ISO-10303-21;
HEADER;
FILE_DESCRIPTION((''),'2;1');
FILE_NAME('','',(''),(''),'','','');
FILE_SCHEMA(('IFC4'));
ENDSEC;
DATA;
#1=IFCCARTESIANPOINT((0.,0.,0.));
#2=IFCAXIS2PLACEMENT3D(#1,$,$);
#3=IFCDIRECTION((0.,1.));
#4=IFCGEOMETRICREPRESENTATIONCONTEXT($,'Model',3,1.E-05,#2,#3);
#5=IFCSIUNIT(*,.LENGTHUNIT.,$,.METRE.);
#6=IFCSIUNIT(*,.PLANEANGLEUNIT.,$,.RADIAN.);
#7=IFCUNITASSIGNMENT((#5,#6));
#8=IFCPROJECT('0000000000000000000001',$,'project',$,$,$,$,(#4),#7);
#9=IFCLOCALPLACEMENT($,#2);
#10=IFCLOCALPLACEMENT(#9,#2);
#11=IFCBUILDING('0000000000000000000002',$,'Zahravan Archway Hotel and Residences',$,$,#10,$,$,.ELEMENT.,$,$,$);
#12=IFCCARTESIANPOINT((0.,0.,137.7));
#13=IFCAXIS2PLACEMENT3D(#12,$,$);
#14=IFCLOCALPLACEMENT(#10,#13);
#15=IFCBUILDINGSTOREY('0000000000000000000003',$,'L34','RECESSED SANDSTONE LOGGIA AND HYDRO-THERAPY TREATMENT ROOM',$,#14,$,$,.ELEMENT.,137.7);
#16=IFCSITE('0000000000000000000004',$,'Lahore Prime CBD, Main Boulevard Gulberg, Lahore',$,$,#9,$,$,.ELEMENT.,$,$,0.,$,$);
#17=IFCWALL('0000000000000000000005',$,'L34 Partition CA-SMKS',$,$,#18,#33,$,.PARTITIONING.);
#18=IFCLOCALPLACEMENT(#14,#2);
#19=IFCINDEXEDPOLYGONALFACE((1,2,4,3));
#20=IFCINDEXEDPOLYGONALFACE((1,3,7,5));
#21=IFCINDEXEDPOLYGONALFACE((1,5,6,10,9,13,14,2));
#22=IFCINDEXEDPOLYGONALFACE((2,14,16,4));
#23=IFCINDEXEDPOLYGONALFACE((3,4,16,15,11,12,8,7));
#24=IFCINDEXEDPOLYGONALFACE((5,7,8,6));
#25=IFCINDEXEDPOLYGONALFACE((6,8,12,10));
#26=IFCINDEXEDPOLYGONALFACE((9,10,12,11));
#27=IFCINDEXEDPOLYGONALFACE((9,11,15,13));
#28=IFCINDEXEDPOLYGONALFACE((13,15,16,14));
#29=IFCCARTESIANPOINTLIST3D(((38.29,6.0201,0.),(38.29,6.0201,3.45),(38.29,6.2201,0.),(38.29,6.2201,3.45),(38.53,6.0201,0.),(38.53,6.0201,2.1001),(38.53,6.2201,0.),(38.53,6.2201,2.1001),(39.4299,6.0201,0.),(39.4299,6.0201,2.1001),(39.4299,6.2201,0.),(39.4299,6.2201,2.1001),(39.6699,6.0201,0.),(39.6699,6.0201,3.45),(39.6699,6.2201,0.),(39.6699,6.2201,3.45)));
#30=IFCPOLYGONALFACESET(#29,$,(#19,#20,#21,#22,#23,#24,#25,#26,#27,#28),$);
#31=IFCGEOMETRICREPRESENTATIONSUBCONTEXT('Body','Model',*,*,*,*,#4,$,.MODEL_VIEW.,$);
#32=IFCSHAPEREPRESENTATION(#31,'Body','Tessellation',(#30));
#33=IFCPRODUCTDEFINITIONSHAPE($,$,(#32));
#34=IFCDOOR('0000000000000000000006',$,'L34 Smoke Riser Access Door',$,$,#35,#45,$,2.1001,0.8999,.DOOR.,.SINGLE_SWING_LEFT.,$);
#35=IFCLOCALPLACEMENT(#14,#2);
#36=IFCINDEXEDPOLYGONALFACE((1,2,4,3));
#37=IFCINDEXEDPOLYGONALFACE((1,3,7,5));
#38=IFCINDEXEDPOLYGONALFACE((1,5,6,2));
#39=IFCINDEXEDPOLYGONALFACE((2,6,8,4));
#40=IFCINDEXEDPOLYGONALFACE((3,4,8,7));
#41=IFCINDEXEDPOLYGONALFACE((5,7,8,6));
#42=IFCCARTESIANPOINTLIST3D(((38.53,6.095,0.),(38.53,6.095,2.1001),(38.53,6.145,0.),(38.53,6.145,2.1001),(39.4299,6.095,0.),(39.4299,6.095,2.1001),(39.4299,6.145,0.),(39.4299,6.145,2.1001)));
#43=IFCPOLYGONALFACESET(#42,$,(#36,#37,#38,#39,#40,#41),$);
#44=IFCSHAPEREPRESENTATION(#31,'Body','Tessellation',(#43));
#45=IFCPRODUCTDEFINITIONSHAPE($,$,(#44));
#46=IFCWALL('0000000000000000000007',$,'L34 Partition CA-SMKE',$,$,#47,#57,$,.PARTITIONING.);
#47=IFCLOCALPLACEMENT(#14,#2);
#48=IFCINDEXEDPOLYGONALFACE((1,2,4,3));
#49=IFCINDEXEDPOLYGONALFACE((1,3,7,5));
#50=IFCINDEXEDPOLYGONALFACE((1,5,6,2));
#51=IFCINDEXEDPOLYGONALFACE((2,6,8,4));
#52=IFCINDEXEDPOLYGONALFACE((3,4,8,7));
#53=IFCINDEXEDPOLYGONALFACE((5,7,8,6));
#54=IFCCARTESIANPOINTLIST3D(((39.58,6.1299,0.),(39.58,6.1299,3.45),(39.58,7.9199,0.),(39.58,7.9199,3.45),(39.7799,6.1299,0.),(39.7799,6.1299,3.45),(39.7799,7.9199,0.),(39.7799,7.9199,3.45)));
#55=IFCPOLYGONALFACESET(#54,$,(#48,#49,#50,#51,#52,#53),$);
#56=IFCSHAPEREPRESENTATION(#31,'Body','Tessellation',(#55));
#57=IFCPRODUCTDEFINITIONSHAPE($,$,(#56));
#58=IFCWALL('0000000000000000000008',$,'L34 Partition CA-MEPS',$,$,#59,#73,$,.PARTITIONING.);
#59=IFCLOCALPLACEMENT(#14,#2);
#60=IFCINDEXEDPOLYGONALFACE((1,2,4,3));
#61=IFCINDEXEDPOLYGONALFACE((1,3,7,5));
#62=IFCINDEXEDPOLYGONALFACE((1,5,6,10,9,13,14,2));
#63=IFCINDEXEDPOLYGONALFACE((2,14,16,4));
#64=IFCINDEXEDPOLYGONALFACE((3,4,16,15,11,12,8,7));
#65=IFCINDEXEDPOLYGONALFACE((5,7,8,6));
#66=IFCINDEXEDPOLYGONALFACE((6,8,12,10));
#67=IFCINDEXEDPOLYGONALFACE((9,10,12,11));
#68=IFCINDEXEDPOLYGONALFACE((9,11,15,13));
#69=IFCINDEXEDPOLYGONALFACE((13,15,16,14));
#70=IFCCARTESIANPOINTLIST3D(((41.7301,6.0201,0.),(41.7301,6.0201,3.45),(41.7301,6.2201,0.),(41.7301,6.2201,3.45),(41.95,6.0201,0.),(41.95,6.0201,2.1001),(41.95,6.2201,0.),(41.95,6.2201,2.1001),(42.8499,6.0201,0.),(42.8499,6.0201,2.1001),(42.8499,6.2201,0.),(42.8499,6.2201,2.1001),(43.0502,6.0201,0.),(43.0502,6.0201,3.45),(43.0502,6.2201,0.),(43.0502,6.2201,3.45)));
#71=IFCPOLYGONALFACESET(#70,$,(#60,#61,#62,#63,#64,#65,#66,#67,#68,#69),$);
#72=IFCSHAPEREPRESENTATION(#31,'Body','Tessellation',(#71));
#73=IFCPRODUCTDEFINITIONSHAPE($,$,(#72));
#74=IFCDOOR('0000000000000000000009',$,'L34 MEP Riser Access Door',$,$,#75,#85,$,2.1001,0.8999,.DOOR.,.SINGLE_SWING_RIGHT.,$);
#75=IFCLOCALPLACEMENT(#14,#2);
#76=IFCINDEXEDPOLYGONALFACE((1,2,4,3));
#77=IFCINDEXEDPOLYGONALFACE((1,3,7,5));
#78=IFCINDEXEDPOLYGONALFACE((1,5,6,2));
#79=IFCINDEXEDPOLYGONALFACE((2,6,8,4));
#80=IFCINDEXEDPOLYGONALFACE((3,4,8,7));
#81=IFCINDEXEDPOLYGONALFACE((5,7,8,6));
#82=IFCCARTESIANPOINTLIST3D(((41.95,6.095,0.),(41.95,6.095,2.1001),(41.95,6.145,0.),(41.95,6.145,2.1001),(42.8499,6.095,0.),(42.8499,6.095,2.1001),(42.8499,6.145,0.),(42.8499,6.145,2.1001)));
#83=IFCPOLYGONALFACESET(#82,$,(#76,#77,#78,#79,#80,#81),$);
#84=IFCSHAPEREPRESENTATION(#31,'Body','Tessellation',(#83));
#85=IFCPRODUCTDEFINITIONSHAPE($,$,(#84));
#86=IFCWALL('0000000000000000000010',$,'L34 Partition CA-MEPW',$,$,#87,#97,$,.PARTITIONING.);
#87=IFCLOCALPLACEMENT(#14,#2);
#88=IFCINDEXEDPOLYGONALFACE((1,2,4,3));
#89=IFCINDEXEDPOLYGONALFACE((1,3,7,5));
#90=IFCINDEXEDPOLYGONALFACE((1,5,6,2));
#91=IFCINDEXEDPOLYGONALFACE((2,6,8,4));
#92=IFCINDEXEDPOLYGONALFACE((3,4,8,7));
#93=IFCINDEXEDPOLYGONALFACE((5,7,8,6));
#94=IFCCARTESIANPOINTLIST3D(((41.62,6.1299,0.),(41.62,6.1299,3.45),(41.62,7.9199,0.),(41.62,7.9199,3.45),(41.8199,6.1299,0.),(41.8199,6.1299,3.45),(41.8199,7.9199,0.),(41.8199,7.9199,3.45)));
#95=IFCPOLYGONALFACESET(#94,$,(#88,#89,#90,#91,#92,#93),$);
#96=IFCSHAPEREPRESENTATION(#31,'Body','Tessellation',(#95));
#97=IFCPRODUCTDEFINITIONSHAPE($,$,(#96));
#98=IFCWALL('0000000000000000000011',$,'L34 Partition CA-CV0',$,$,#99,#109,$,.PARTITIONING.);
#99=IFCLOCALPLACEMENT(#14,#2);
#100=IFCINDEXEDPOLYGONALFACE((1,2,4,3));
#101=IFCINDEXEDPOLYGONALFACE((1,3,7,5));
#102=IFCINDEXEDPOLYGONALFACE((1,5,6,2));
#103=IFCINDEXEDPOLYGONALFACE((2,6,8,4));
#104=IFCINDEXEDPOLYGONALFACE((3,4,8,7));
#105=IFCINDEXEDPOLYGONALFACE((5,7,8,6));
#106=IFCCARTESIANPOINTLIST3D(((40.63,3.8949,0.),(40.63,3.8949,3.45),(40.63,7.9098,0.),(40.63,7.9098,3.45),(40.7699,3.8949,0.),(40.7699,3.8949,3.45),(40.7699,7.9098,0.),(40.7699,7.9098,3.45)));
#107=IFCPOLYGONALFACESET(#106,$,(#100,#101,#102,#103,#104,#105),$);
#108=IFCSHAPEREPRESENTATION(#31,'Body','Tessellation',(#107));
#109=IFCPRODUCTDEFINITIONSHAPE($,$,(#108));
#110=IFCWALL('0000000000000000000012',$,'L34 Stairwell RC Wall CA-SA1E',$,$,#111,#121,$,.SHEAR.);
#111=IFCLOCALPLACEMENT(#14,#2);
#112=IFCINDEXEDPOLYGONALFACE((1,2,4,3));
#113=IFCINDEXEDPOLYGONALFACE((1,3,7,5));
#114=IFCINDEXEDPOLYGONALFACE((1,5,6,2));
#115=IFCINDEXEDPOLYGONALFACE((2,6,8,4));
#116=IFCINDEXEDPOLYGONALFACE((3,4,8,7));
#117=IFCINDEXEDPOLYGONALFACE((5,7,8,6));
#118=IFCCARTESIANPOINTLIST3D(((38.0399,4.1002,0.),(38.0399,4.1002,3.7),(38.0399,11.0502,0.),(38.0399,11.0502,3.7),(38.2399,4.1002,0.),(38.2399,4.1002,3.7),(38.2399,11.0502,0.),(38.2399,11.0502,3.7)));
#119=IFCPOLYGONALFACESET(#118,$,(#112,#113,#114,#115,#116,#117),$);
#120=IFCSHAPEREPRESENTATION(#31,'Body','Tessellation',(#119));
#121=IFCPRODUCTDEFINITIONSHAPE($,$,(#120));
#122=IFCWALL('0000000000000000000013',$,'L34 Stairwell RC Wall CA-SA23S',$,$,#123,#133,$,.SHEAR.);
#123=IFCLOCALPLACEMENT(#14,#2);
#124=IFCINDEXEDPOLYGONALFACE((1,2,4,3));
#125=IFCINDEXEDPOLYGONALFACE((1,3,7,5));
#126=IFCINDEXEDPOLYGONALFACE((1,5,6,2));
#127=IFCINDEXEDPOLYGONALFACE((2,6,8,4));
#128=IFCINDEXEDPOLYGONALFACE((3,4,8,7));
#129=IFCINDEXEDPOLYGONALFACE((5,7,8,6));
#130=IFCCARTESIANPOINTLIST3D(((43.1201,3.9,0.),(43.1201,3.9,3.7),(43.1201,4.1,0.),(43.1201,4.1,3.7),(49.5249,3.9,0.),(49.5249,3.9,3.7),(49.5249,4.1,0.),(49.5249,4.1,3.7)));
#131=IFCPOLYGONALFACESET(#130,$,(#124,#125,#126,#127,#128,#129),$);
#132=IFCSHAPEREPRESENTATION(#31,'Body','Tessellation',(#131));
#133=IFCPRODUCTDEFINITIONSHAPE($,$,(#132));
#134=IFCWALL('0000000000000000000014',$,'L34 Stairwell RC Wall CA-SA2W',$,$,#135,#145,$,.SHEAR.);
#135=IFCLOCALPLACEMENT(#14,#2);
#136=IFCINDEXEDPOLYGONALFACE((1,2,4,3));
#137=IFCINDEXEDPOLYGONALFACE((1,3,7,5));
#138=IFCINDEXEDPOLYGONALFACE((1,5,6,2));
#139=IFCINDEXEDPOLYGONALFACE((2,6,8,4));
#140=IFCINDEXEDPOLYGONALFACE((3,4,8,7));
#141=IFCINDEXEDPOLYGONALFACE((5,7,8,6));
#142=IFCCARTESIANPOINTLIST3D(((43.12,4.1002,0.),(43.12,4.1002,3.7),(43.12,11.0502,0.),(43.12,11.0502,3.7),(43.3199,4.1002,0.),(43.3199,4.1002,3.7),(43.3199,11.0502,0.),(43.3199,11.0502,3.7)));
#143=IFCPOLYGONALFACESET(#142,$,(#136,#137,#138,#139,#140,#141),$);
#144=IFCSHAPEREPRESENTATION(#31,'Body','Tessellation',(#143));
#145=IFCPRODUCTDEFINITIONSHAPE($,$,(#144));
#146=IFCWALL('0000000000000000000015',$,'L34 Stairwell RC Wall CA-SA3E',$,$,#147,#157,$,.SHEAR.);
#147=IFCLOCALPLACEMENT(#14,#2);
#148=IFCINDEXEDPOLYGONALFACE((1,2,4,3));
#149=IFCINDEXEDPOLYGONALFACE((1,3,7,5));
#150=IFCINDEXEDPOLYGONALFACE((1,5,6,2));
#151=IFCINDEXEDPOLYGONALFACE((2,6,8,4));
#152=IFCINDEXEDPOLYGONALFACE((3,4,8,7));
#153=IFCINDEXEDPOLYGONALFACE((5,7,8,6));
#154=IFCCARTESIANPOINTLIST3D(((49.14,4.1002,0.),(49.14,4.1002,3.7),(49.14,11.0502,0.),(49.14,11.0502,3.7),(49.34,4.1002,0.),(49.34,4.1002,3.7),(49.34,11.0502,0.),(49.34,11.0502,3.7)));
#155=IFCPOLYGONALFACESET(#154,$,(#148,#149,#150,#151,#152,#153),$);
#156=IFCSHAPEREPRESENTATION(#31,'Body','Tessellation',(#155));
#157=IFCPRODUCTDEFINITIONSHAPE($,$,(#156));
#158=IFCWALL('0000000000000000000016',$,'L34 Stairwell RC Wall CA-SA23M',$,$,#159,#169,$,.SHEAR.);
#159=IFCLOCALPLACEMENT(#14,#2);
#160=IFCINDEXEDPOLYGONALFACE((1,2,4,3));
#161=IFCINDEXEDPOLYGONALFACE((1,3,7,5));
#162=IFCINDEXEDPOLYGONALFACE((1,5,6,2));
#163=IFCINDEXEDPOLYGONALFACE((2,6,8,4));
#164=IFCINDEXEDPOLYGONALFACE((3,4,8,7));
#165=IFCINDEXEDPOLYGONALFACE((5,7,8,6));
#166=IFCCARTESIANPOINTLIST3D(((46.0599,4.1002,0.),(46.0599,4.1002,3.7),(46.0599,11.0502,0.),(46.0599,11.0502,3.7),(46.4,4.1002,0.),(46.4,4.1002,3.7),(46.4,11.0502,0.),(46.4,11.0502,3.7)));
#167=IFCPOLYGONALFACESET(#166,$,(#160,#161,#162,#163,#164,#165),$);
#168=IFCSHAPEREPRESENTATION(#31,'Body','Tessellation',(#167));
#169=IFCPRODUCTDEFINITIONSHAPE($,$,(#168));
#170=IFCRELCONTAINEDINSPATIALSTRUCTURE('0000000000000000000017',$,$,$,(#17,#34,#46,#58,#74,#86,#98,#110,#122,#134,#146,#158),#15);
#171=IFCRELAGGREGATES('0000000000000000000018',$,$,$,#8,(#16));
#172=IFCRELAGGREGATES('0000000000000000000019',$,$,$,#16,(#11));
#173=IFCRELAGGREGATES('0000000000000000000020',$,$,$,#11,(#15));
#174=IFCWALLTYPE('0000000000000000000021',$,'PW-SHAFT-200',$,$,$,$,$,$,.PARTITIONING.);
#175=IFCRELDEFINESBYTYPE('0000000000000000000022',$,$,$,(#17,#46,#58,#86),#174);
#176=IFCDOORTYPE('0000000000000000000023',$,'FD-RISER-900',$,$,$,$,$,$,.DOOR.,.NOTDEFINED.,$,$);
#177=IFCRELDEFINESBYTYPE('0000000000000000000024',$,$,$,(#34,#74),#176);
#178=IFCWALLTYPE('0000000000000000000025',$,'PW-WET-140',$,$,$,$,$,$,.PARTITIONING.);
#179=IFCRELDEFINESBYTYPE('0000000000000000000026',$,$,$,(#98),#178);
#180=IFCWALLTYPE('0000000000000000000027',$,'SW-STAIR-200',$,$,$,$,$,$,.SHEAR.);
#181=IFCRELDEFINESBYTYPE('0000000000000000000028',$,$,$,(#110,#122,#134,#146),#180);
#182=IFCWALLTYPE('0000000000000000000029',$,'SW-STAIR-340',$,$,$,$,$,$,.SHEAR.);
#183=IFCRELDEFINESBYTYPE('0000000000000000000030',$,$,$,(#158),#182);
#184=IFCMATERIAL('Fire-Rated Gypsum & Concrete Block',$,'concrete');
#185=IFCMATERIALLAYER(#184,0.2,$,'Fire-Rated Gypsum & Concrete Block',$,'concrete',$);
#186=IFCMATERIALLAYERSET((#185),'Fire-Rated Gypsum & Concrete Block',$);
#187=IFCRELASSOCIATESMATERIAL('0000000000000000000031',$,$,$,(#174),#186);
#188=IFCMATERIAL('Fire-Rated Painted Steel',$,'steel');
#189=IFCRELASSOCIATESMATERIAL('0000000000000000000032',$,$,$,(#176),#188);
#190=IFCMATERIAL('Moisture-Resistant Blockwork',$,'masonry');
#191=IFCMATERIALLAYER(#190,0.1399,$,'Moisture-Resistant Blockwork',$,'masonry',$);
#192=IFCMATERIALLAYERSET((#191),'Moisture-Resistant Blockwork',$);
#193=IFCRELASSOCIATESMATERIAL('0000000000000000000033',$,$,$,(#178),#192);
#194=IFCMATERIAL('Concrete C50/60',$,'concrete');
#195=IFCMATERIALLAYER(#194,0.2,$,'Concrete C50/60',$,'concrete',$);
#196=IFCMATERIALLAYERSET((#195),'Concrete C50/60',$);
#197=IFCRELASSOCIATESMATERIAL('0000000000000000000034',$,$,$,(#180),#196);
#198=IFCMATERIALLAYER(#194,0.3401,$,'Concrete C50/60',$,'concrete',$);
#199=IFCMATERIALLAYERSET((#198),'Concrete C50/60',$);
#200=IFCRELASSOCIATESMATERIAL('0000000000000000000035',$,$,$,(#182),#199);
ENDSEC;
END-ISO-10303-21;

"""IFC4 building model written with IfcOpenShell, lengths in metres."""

from ifc_helpers import new_model, si_unit, direction, frame, frame_2d, origin, place, context, subcontext, project, spatial, rectangle, extrude, source, transform, mapped, material, layer, layer_set, type_object, type_shapes, element, fill, save


model = new_model("IFC4")

# Units and contexts
model_context = context("Model", 3, precision=1e-05, world=origin(), true_north=direction((0.0, 1.0)))
body_context = subcontext(model_context, "Body", "Model", "MODEL_VIEW")
ifc_project = project(units=[si_unit("LENGTHUNIT", "METRE"), si_unit("PLANEANGLEUNIT", "RADIAN")], contexts=[model_context])

# Site, building, storey
site_placement = place(None, origin())
site = spatial("IfcSite", under=ifc_project, at=site_placement, Name="Lahore Prime CBD, Main Boulevard Gulberg, Lahore", CompositionType="ELEMENT", RefElevation=0.0)
building_placement = place(site_placement, origin())
building = spatial("IfcBuilding", under=site, at=building_placement, Name="Zahravan Archway Hotel and Residences", CompositionType="ELEMENT")
storey_placement = place(building_placement, frame((0.0, 0.0, 137.7)))
storey = spatial("IfcBuildingStorey", under=building, at=storey_placement, Name="L34", Description="RECESSED SANDSTONE LOGGIA AND HYDRO-THERAPY TREATMENT ROOM", CompositionType="ELEMENT", Elevation=137.7)

# Wall, opening, door
ifc_material_1 = material(Name="Fire-Rated Gypsum & Concrete Block", Category="concrete")
ifc_layer_1 = layer(ifc_material_1, 0.2, Name="Fire-Rated Gypsum & Concrete Block", Category="concrete")
ifc_layer_set_1 = layer_set([ifc_layer_1], Name="Fire-Rated Gypsum & Concrete Block")
wall_type_1 = type_object("IfcWallType", Name="PW-SHAFT-200", PredefinedType="PARTITIONING", material=ifc_layer_set_1)
wall_1_placement = place(storey_placement, frame((38.29, 6.1201, 0.0), z_axis=(0.0, 0.0, 1.0), x_axis=(1.0, 0.0, 0.0)))
wall_1 = element("IfcWall", 1, at=wall_1_placement, inside=storey, type_object=wall_type_1, Name="L34 Partition CA-SMKS", PredefinedType="PARTITIONING", context=body_context, shape_type="SweptSolid", body=[
    extrude(rectangle(XDim=1.3799, YDim=0.2, at=frame_2d((0.6899, 0.0))), origin(), (0.0, 0.0, 1.0), 3.45),
])
opening_1_placement = place(wall_1_placement, frame((0.24, 0.0, 0.0)))
opening_1 = element("IfcOpeningElement", 2, at=opening_1_placement, cuts=wall_1, PredefinedType="OPENING", context=body_context, shape_type="SweptSolid", body=[
    extrude(rectangle(XDim=0.8999, YDim=2.1001, at=frame_2d((0.45, 1.05))), frame((0.0, 0.1099, 0.0), z_axis=(0.0, -1.0, 0.0), x_axis=(1.0, 0.0, 0.0)), (0.0, 0.0, 1.0), 0.22),
])
ifc_material_2 = material(Name="Fire-Rated Painted Steel", Category="steel")
door_type = type_object("IfcDoorType", Name="FD-RISER-900", OperationType="NOTDEFINED", PredefinedType="DOOR", material=ifc_material_2)
shared_shape_1 = source(origin(), body_context, "Body", "SweptSolid", [
    extrude(rectangle(XDim=0.8999, YDim=2.1001, at=frame_2d((0.45, 1.05))), frame((0.0, 0.0249, 0.0), z_axis=(0.0, -1.0, 0.0), x_axis=(1.0, 0.0, 0.0)), (0.0, 0.0, 1.0), 0.05),
])
type_shapes(door_type, [shared_shape_1])
door_1_placement = place(opening_1_placement, origin())
door_1 = element("IfcDoor", 3, at=door_1_placement, inside=storey, type_object=door_type, Name="L34 Smoke Riser Access Door", OperationType="SINGLE_SWING_LEFT", OverallHeight=2.1001, OverallWidth=0.8999, PredefinedType="DOOR", context=body_context, shape_type="MappedRepresentation", body=[
    mapped(shared_shape_1, transform((0.0, 0.0, 0.0), scale=1.0)),
])
fill(opening_1, door_1)

# Wall
wall_2_placement = place(storey_placement, frame((39.6799, 6.1299, 0.0), z_axis=(0.0, 0.0, 1.0), x_axis=(0.0, 1.0, 0.0)))
element("IfcWall", 4, at=wall_2_placement, inside=storey, type_object=wall_type_1, Name="L34 Partition CA-SMKE", PredefinedType="PARTITIONING", context=body_context, shape_type="SweptSolid", body=[
    extrude(rectangle(XDim=1.79, YDim=0.2, at=frame_2d((0.895, 0.0))), origin(), (0.0, 0.0, 1.0), 3.45),
])

# Wall, opening, door
wall_3_placement = place(storey_placement, frame((41.73, 6.1201, 0.0), z_axis=(0.0, 0.0, 1.0), x_axis=(1.0, 0.0, 0.0)))
wall_3 = element("IfcWall", 5, at=wall_3_placement, inside=storey, type_object=wall_type_1, Name="L34 Partition CA-MEPS", PredefinedType="PARTITIONING", context=body_context, shape_type="SweptSolid", body=[
    extrude(rectangle(XDim=1.3201, YDim=0.2, at=frame_2d((0.6602, 0.0))), origin(), (0.0, 0.0, 1.0), 3.45),
])
opening_2_placement = place(wall_3_placement, frame((0.22, 0.0, 0.0)))
opening_2 = element("IfcOpeningElement", 6, at=opening_2_placement, cuts=wall_3, PredefinedType="OPENING", context=body_context, shape_type="SweptSolid", body=[
    extrude(rectangle(XDim=0.8999, YDim=2.1001, at=frame_2d((0.45, 1.05))), frame((0.0, 0.1099, 0.0), z_axis=(0.0, -1.0, 0.0), x_axis=(1.0, 0.0, 0.0)), (0.0, 0.0, 1.0), 0.22),
])
door_2_placement = place(opening_2_placement, origin())
door_2 = element("IfcDoor", 7, at=door_2_placement, inside=storey, type_object=door_type, Name="L34 MEP Riser Access Door", OperationType="SINGLE_SWING_RIGHT", OverallHeight=2.1001, OverallWidth=0.8999, PredefinedType="DOOR", context=body_context, shape_type="MappedRepresentation", body=[
    mapped(shared_shape_1, transform((0.0, 0.0, 0.0), scale=1.0)),
])
fill(opening_2, door_2)

# Walls
wall_4_placement = place(storey_placement, frame((41.72, 6.1299, 0.0), z_axis=(0.0, 0.0, 1.0), x_axis=(0.0, 1.0, 0.0)))
element("IfcWall", 8, at=wall_4_placement, inside=storey, type_object=wall_type_1, Name="L34 Partition CA-MEPW", PredefinedType="PARTITIONING", context=body_context, shape_type="SweptSolid", body=[
    extrude(rectangle(XDim=1.79, YDim=0.2, at=frame_2d((0.895, 0.0))), origin(), (0.0, 0.0, 1.0), 3.45),
])
ifc_material_3 = material(Name="Moisture-Resistant Blockwork", Category="masonry")
ifc_layer_2 = layer(ifc_material_3, 0.1399, Name="Moisture-Resistant Blockwork", Category="masonry")
ifc_layer_set_2 = layer_set([ifc_layer_2], Name="Moisture-Resistant Blockwork")
wall_type_2 = type_object("IfcWallType", Name="PW-WET-140", PredefinedType="PARTITIONING", material=ifc_layer_set_2)
wall_5_placement = place(storey_placement, frame((40.7, 3.895, 0.0), z_axis=(0.0, 0.0, 1.0), x_axis=(0.0, 1.0, 0.0)))
element("IfcWall", 9, at=wall_5_placement, inside=storey, type_object=wall_type_2, Name="L34 Partition CA-CV0", PredefinedType="PARTITIONING", context=body_context, shape_type="SweptSolid", body=[
    extrude(rectangle(XDim=4.0149, YDim=0.1399, at=frame_2d((2.0073, 0.0))), origin(), (0.0, 0.0, 1.0), 3.45),
])
ifc_material_4 = material(Name="Concrete C50/60", Category="concrete")
ifc_layer_3 = layer(ifc_material_4, 0.2, Name="Concrete C50/60", Category="concrete")
ifc_layer_set_3 = layer_set([ifc_layer_3], Name="Concrete C50/60")
wall_type_3 = type_object("IfcWallType", Name="SW-STAIR-200", PredefinedType="SHEAR", material=ifc_layer_set_3)
wall_6_placement = place(storey_placement, frame((38.1399, 4.1001, 0.0), z_axis=(0.0, 0.0, 1.0), x_axis=(0.0, 1.0, 0.0)))
element("IfcWall", 10, at=wall_6_placement, inside=storey, type_object=wall_type_3, Name="L34 Stairwell RC Wall CA-SA1E", PredefinedType="SHEAR", context=body_context, shape_type="SweptSolid", body=[
    extrude(rectangle(XDim=6.95, YDim=0.2, at=frame_2d((3.4751, 0.0))), origin(), (0.0, 0.0, 1.0), 3.7),
])
wall_7_placement = place(storey_placement, frame((43.1201, 4.0, 0.0), z_axis=(0.0, 0.0, 1.0), x_axis=(1.0, 0.0, 0.0)))
element("IfcWall", 11, at=wall_7_placement, inside=storey, type_object=wall_type_3, Name="L34 Stairwell RC Wall CA-SA23S", PredefinedType="SHEAR", context=body_context, shape_type="SweptSolid", body=[
    extrude(rectangle(XDim=6.4048, YDim=0.2, at=frame_2d((3.2024, 0.0))), origin(), (0.0, 0.0, 1.0), 3.7),
])
for number, where, z_axis, x_axis, name in (
    (12, (43.22, 4.1001, 0.0), (0.0, 0.0, 1.0), (0.0, 1.0, 0.0), "L34 Stairwell RC Wall CA-SA2W"),
    (13, (49.24, 4.1001, 0.0), (0.0, 0.0, 1.0), (0.0, 1.0, 0.0), "L34 Stairwell RC Wall CA-SA3E"),
):
    element("IfcWall", number, at=place(storey_placement, frame(where, z_axis=z_axis, x_axis=x_axis)), inside=storey, type_object=wall_type_3, Name=name, PredefinedType="SHEAR", context=body_context, shape_type="SweptSolid", body=[
        extrude(rectangle(XDim=6.95, YDim=0.2, at=frame_2d((3.4751, 0.0))), origin(), (0.0, 0.0, 1.0), 3.7),
    ])
ifc_layer_4 = layer(ifc_material_4, 0.3401, Name="Concrete C50/60", Category="concrete")
ifc_layer_set_4 = layer_set([ifc_layer_4], Name="Concrete C50/60")
wall_type_4 = type_object("IfcWallType", Name="SW-STAIR-340", PredefinedType="SHEAR", material=ifc_layer_set_4)
wall_8_placement = place(storey_placement, frame((46.23, 4.1001, 0.0), z_axis=(0.0, 0.0, 1.0), x_axis=(0.0, 1.0, 0.0)))
element("IfcWall", 14, at=wall_8_placement, inside=storey, type_object=wall_type_4, Name="L34 Stairwell RC Wall CA-SA23M", PredefinedType="SHEAR", context=body_context, shape_type="SweptSolid", body=[
    extrude(rectangle(XDim=6.95, YDim=0.3401, at=frame_2d((3.4751, 0.0))), origin(), (0.0, 0.0, 1.0), 3.7),
])

save(model, "model.ifc")
